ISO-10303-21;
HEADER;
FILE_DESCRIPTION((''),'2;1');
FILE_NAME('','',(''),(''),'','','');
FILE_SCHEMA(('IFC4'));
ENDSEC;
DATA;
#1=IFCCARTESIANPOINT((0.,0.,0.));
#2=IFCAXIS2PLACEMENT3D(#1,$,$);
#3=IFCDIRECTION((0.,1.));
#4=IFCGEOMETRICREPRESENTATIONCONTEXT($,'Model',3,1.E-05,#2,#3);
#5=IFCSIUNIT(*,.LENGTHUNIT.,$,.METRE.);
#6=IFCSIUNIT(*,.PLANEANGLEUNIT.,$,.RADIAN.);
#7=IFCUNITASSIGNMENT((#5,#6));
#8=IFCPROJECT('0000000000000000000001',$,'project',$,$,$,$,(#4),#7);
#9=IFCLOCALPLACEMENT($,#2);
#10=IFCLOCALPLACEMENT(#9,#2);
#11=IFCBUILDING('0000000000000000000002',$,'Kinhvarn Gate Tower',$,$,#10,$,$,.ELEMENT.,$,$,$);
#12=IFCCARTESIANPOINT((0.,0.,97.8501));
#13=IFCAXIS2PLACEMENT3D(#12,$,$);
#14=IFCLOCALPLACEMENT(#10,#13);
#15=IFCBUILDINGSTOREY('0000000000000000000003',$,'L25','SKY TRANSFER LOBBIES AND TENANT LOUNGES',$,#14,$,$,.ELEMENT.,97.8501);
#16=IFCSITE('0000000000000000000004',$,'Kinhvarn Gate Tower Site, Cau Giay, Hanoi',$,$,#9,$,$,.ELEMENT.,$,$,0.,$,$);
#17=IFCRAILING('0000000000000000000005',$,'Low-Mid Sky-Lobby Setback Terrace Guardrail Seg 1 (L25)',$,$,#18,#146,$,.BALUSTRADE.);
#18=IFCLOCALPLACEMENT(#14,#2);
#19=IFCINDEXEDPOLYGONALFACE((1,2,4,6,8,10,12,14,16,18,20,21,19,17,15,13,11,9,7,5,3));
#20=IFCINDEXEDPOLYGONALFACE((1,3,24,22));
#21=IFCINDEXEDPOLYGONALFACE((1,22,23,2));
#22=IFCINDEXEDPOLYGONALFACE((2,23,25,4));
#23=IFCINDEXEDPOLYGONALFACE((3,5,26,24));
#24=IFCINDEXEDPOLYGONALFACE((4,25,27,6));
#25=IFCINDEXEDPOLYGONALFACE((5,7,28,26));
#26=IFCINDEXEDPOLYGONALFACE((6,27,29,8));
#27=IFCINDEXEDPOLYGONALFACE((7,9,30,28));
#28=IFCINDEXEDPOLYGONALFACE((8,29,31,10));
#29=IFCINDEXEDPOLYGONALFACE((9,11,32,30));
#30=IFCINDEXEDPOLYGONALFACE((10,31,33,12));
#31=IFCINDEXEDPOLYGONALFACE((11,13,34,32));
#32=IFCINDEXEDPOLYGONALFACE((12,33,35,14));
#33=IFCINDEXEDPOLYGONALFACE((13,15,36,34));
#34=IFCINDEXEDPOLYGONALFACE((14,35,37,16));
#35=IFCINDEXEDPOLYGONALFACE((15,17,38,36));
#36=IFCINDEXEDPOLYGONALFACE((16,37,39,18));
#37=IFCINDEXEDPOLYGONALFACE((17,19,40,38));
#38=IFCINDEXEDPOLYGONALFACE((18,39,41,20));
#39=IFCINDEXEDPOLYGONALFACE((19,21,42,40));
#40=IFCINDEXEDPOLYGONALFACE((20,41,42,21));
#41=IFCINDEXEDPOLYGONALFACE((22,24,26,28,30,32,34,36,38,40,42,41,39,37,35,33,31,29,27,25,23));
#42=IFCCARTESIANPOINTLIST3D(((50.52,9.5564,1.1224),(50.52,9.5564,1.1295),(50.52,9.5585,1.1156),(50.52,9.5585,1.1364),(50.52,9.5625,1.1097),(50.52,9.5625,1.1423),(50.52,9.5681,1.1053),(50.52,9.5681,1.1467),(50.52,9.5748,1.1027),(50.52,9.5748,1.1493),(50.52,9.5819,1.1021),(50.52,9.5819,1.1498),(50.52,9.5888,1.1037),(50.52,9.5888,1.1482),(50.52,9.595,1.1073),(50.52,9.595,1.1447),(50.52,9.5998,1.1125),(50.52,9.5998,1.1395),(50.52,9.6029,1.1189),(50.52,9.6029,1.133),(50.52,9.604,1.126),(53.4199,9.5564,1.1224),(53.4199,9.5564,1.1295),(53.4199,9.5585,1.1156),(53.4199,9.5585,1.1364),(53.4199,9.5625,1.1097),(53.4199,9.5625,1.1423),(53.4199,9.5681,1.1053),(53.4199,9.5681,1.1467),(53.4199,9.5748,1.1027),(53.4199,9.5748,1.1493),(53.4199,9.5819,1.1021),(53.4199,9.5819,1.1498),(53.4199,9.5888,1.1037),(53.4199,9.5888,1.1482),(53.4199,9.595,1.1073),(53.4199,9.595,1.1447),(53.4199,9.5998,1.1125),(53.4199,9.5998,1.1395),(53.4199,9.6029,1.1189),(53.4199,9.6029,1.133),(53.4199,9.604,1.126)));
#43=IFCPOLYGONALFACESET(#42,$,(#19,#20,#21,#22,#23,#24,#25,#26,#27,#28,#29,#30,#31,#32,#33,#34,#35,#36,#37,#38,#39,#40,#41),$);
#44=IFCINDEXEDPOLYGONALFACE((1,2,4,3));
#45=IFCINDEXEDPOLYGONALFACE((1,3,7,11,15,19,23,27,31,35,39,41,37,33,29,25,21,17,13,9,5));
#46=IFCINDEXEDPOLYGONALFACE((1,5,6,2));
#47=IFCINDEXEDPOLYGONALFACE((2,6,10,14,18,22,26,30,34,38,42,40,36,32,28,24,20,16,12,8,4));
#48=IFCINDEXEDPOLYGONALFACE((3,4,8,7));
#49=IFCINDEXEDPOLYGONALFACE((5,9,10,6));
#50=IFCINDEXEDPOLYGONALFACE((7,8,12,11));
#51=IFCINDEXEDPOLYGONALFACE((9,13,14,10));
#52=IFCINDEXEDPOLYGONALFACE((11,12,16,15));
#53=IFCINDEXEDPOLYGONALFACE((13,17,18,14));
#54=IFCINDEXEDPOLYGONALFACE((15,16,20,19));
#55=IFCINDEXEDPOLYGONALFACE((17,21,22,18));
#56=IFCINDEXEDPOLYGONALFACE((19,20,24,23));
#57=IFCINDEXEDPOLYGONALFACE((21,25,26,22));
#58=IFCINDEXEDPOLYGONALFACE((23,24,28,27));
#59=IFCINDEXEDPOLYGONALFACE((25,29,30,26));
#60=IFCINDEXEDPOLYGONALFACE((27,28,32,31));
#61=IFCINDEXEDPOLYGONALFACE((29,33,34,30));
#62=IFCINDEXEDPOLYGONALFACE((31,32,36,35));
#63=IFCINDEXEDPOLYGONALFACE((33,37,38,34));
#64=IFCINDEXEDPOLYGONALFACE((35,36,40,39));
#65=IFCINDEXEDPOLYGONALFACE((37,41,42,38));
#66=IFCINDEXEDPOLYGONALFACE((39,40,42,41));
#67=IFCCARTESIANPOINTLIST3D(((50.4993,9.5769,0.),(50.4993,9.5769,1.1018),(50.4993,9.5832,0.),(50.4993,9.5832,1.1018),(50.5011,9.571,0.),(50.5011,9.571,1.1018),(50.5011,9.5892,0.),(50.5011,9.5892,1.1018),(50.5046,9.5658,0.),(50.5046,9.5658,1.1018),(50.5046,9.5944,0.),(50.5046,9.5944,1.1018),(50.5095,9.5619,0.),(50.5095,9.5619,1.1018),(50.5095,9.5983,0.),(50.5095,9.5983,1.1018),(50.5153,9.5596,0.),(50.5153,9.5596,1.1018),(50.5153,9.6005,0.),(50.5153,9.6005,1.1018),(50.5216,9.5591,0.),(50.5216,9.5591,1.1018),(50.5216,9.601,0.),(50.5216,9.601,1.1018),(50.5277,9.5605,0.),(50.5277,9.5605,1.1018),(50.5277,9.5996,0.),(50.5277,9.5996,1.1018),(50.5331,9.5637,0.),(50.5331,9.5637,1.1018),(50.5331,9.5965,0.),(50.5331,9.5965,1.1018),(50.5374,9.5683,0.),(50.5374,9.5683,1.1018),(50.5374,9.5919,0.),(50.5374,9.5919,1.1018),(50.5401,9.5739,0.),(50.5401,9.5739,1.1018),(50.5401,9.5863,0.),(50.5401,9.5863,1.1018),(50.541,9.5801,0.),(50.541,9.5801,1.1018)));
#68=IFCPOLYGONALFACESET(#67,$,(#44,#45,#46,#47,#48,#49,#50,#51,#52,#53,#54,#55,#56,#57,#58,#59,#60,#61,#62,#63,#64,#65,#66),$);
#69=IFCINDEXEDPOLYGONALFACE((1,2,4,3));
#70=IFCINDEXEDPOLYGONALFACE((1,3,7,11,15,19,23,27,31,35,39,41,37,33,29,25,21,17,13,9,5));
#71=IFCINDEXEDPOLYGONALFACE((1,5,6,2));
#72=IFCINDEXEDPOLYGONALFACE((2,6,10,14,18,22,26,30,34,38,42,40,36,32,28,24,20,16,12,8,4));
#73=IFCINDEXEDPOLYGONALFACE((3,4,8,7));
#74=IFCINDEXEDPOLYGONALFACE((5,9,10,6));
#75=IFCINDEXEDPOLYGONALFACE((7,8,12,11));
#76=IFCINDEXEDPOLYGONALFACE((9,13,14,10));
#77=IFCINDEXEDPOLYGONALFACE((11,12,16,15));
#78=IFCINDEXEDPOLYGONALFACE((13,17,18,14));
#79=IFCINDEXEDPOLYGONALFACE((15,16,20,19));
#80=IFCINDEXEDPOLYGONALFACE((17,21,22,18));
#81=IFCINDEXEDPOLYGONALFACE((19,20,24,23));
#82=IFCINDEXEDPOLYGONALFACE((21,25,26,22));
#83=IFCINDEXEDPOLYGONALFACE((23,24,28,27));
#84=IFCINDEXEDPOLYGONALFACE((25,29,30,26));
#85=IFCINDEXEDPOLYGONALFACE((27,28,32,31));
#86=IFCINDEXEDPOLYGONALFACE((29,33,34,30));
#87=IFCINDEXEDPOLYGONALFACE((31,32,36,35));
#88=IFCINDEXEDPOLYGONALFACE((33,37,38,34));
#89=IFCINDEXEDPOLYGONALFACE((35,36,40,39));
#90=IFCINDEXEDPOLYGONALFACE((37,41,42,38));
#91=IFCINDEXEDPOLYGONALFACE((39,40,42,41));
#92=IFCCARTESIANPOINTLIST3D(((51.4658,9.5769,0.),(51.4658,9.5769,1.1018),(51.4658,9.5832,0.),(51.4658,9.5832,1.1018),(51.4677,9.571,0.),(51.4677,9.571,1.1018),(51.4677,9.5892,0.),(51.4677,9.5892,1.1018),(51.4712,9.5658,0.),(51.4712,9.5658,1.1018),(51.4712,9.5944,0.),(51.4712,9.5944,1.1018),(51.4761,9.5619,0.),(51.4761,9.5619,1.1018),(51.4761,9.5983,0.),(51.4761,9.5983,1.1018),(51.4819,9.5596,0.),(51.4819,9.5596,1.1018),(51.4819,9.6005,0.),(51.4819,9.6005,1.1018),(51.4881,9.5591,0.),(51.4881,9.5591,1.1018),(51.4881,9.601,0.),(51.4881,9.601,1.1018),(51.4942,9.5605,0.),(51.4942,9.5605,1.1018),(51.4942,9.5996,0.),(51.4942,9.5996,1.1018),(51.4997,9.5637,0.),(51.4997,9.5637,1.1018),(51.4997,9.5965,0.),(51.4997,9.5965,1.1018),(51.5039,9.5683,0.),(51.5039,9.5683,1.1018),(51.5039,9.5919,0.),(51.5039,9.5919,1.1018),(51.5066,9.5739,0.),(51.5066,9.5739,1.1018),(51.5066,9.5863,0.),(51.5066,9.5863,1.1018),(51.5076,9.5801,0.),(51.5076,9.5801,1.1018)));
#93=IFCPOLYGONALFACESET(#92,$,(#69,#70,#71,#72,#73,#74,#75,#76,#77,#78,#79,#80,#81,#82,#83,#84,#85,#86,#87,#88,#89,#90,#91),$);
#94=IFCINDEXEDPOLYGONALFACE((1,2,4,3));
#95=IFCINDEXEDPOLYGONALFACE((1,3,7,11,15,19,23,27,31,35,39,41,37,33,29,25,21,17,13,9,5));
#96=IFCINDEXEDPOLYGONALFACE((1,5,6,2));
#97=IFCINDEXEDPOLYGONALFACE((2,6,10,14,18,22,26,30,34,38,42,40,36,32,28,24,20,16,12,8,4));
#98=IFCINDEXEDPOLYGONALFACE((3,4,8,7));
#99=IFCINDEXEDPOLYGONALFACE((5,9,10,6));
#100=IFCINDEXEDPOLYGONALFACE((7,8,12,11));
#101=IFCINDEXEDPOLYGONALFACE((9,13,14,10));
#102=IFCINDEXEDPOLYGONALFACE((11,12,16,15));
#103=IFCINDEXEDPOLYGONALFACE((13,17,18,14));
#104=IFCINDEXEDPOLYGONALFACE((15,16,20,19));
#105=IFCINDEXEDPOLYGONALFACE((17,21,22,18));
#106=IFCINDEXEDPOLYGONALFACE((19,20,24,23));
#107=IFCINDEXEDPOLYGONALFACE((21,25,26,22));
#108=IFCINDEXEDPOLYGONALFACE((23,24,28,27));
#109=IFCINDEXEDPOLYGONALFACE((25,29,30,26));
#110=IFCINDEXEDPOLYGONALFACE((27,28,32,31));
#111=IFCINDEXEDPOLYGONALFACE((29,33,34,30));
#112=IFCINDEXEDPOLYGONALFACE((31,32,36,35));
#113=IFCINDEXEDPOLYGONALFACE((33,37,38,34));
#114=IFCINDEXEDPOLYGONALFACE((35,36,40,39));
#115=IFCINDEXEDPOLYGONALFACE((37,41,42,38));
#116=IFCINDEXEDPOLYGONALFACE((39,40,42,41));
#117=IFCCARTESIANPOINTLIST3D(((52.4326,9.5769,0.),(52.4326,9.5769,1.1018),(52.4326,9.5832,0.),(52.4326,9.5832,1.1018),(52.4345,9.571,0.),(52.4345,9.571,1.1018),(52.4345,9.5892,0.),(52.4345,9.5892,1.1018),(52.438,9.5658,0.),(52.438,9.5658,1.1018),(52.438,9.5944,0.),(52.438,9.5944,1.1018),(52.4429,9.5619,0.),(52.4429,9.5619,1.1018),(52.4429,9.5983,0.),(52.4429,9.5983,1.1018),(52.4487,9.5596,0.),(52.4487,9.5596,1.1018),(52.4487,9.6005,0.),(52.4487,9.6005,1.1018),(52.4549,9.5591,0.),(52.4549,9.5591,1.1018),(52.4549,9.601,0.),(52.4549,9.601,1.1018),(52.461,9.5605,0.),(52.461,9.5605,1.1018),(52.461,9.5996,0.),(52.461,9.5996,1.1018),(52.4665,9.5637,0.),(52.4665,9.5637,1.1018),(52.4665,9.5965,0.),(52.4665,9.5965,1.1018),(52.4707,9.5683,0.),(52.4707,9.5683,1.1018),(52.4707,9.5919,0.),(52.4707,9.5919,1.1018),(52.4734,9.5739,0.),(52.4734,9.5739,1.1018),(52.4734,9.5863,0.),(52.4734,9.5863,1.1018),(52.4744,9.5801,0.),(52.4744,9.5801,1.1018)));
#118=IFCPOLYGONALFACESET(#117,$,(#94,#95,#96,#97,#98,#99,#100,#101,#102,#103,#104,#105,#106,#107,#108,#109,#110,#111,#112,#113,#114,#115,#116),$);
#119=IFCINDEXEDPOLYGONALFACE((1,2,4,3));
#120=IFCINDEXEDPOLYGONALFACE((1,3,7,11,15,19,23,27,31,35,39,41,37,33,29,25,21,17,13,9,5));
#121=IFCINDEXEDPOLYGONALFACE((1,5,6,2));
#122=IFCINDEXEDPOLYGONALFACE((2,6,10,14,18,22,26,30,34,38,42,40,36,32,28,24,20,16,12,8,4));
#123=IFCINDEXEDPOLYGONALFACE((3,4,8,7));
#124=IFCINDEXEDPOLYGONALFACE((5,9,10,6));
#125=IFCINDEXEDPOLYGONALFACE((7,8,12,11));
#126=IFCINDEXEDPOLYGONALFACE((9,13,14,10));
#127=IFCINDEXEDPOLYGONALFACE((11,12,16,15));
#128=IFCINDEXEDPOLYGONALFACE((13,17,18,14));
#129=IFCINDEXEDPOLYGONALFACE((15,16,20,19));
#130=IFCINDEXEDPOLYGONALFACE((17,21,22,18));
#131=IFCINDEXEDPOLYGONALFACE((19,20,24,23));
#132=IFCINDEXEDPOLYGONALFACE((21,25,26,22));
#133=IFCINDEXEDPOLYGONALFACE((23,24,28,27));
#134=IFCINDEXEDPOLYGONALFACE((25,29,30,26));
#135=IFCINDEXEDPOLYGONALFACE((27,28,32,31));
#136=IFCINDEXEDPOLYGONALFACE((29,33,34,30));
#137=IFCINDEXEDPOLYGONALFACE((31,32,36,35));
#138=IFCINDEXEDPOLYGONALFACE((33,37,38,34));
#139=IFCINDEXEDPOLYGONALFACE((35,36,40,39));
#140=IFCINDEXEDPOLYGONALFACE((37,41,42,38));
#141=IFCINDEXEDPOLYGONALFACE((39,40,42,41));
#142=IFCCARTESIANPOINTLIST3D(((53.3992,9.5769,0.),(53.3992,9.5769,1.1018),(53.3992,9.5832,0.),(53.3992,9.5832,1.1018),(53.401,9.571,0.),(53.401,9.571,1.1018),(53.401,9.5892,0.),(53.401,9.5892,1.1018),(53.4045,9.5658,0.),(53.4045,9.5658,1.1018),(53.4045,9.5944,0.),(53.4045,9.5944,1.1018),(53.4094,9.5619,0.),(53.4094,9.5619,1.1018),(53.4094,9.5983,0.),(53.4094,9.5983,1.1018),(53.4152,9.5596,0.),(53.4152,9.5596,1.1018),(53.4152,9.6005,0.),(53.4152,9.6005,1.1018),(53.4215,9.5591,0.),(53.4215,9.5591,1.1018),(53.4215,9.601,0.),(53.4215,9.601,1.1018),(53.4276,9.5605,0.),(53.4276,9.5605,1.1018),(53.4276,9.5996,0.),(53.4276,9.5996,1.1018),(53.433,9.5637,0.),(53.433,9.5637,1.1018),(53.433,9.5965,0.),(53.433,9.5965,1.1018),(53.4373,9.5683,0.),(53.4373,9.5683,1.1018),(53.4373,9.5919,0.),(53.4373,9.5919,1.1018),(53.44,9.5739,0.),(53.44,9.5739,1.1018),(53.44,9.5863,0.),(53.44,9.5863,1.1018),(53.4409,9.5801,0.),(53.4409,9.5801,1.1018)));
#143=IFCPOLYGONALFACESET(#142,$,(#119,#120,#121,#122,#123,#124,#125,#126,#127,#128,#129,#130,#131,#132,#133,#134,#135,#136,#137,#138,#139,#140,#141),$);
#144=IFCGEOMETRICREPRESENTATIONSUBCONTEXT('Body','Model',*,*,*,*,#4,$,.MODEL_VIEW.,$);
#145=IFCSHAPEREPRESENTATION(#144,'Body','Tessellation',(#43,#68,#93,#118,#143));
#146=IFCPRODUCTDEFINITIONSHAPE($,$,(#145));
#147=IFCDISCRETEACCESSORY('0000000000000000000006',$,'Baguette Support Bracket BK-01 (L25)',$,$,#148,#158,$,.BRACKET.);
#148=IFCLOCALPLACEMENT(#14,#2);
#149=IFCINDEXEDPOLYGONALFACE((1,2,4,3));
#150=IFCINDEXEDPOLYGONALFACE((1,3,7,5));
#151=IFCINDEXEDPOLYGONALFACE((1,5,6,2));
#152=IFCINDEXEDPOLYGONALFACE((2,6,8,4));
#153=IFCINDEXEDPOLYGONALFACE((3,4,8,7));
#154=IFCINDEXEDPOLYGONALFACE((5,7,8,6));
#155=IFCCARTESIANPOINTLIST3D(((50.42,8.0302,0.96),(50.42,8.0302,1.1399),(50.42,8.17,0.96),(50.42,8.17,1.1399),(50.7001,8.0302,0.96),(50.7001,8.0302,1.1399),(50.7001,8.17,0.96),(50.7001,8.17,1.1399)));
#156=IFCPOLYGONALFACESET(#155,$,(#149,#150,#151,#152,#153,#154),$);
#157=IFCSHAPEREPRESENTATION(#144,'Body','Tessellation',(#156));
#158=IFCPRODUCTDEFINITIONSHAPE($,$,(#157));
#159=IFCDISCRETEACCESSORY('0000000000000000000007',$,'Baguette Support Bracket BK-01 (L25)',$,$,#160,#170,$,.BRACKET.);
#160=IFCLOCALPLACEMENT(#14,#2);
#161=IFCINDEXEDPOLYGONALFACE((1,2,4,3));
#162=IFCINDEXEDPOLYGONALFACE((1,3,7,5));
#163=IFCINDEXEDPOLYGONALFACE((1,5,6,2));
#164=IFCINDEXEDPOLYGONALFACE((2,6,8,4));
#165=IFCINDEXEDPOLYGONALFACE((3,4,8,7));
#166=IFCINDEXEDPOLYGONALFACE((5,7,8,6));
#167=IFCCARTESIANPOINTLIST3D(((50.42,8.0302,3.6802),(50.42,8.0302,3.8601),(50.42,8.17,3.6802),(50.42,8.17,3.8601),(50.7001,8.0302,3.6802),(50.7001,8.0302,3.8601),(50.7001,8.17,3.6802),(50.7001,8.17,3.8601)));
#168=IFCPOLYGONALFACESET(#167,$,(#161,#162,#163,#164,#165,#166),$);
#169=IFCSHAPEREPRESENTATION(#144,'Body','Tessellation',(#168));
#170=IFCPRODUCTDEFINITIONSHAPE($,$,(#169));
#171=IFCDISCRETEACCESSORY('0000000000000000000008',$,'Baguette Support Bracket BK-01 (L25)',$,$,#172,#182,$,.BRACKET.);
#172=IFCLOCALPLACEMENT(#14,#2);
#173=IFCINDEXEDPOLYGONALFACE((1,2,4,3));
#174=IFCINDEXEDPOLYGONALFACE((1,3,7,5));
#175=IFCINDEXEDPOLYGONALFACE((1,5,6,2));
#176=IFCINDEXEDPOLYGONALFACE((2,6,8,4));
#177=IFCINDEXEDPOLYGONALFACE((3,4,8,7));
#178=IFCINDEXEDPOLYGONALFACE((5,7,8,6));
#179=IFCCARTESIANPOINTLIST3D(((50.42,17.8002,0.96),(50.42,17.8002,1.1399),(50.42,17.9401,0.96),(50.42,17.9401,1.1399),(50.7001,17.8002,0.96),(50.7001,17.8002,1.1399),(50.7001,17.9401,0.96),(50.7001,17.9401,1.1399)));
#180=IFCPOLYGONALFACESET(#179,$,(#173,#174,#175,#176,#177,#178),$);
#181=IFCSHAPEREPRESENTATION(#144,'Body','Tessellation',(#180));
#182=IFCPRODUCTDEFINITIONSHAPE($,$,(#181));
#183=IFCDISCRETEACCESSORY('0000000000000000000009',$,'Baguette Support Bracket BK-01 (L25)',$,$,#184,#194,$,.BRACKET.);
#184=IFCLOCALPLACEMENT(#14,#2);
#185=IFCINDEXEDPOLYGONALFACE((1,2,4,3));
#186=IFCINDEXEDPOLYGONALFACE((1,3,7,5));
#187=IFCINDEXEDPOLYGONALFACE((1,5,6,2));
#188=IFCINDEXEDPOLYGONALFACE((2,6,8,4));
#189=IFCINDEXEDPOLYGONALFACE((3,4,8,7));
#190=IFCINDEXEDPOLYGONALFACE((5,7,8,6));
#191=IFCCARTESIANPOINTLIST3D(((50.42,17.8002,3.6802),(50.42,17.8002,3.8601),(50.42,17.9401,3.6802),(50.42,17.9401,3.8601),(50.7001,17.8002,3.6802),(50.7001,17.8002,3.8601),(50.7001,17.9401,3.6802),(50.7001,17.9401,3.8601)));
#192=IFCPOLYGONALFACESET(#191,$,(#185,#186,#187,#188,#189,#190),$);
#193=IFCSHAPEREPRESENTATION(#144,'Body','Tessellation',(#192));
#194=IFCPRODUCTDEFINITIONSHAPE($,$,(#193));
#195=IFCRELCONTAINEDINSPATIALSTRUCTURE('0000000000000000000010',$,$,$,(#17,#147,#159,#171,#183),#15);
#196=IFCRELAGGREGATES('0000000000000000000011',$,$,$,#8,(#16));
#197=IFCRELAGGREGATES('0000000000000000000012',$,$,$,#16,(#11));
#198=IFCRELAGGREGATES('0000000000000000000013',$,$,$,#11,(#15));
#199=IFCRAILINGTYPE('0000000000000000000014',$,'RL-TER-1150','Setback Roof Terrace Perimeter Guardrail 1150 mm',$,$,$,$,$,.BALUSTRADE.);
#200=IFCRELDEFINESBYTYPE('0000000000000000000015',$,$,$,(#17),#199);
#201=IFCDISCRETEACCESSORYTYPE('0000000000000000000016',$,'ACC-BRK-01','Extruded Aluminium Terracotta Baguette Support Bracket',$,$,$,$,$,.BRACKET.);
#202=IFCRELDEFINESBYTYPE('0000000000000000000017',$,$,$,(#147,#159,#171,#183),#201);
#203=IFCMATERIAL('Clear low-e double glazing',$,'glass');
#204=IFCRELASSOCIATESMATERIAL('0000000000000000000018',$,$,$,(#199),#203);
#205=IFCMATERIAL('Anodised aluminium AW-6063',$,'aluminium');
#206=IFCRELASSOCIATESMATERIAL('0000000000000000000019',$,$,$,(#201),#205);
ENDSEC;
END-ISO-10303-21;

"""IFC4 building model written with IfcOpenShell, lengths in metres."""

from ifc_helpers import new_model, si_unit, direction, frame, origin, origin_2d, place, context, subcontext, project, spatial, rectangle, circle, extrude, material, type_object, element, save


model = new_model("IFC4")

# Units and contexts
model_context = context("Model", 3, precision=1e-05, world=origin(), true_north=direction((0.0, 1.0)))
body_context = subcontext(model_context, "Body", "Model", "MODEL_VIEW")
ifc_project = project(units=[si_unit("LENGTHUNIT", "METRE"), si_unit("PLANEANGLEUNIT", "RADIAN")], contexts=[model_context])

# Site, building, storey
site_placement = place(None, origin())
site = spatial("IfcSite", under=ifc_project, at=site_placement, Name="Kinhvarn Gate Tower Site, Cau Giay, Hanoi", CompositionType="ELEMENT", RefElevation=0.0)
building_placement = place(site_placement, origin())
building = spatial("IfcBuilding", under=site, at=building_placement, Name="Kinhvarn Gate Tower", CompositionType="ELEMENT")
storey_placement = place(building_placement, frame((0.0, 0.0, 97.8501)))
storey = spatial("IfcBuildingStorey", under=building, at=storey_placement, Name="L25", Description="SKY TRANSFER LOBBIES AND TENANT LOUNGES", CompositionType="ELEMENT", Elevation=97.8501)

# Shared definitions
ifc_material_1 = material(Name="Anodised aluminium AW-6063", Category="aluminium")

# Shared definitions
ifc_material_2 = material(Name="Clear low-e double glazing", Category="glass")

# Railing
railing_type_1 = type_object("IfcRailingType", Name="RL-TER-1150", Description="Setback Roof Terrace Perimeter Guardrail 1150 mm", PredefinedType="BALUSTRADE", material=ifc_material_2)
railing_1_placement = place(storey_placement, frame((50.52, 9.5801, 0.0)))
element("IfcRailing", 1, at=railing_1_placement, inside=storey, type_object=railing_type_1, Name="Low-Mid Sky-Lobby Setback Terrace Guardrail Seg 1 (L25)", PredefinedType="BALUSTRADE", context=body_context, shape_type="SweptSolid", body=[
    extrude(circle(Radius=0.0239, at=origin_2d()), frame((0.0, 0.0, 1.126), z_axis=(1.0, 0.0, 0.0), x_axis=(0.0, 1.0, 0.0)), (0.0, 0.0, 1.0), 2.8999),
    extrude(circle(Radius=0.021, at=origin_2d()), origin(), (0.0, 0.0, 1.0), 1.1018),
    extrude(circle(Radius=0.021, at=origin_2d()), frame((0.9666, 0.0, 0.0)), (0.0, 0.0, 1.0), 1.1018),
    extrude(circle(Radius=0.021, at=origin_2d()), frame((1.9333, 0.0, 0.0)), (0.0, 0.0, 1.0), 1.1018),
    extrude(circle(Radius=0.021, at=origin_2d()), frame((2.8999, 0.0, 0.0)), (0.0, 0.0, 1.0), 1.1018),
])

# Discrete accessories
discrete_accessory_type = type_object("IfcDiscreteAccessoryType", Name="ACC-BRK-01", Description="Extruded Aluminium Terracotta Baguette Support Bracket", PredefinedType="BRACKET", material=ifc_material_1)
for number, where, z_axis, x_axis, name in (
    (2, (50.5601, 8.1001, 0.96), (0.0, 0.0, 1.0), (0.0, 1.0, 0.0), "Baguette Support Bracket BK-01 (L25)"),
    (3, (50.5601, 8.1001, 3.6802), (0.0, 0.0, 1.0), (0.0, 1.0, 0.0), "Baguette Support Bracket BK-01 (L25)"),
    (4, (50.5601, 17.8701, 0.96), (0.0, 0.0, 1.0), (0.0, 1.0, 0.0), "Baguette Support Bracket BK-01 (L25)"),
    (5, (50.5601, 17.8701, 3.6802), (0.0, 0.0, 1.0), (0.0, 1.0, 0.0), "Baguette Support Bracket BK-01 (L25)"),
):
    element("IfcDiscreteAccessory", number, at=place(storey_placement, frame(where, z_axis=z_axis, x_axis=x_axis)), inside=storey, type_object=discrete_accessory_type, Name=name, PredefinedType="BRACKET", context=body_context, shape_type="SweptSolid", body=[
        extrude(rectangle(XDim=0.1399, YDim=0.28, at=origin_2d()), origin(), (0.0, 0.0, 1.0), 0.1799),
    ])

save(model, "model.ifc")
